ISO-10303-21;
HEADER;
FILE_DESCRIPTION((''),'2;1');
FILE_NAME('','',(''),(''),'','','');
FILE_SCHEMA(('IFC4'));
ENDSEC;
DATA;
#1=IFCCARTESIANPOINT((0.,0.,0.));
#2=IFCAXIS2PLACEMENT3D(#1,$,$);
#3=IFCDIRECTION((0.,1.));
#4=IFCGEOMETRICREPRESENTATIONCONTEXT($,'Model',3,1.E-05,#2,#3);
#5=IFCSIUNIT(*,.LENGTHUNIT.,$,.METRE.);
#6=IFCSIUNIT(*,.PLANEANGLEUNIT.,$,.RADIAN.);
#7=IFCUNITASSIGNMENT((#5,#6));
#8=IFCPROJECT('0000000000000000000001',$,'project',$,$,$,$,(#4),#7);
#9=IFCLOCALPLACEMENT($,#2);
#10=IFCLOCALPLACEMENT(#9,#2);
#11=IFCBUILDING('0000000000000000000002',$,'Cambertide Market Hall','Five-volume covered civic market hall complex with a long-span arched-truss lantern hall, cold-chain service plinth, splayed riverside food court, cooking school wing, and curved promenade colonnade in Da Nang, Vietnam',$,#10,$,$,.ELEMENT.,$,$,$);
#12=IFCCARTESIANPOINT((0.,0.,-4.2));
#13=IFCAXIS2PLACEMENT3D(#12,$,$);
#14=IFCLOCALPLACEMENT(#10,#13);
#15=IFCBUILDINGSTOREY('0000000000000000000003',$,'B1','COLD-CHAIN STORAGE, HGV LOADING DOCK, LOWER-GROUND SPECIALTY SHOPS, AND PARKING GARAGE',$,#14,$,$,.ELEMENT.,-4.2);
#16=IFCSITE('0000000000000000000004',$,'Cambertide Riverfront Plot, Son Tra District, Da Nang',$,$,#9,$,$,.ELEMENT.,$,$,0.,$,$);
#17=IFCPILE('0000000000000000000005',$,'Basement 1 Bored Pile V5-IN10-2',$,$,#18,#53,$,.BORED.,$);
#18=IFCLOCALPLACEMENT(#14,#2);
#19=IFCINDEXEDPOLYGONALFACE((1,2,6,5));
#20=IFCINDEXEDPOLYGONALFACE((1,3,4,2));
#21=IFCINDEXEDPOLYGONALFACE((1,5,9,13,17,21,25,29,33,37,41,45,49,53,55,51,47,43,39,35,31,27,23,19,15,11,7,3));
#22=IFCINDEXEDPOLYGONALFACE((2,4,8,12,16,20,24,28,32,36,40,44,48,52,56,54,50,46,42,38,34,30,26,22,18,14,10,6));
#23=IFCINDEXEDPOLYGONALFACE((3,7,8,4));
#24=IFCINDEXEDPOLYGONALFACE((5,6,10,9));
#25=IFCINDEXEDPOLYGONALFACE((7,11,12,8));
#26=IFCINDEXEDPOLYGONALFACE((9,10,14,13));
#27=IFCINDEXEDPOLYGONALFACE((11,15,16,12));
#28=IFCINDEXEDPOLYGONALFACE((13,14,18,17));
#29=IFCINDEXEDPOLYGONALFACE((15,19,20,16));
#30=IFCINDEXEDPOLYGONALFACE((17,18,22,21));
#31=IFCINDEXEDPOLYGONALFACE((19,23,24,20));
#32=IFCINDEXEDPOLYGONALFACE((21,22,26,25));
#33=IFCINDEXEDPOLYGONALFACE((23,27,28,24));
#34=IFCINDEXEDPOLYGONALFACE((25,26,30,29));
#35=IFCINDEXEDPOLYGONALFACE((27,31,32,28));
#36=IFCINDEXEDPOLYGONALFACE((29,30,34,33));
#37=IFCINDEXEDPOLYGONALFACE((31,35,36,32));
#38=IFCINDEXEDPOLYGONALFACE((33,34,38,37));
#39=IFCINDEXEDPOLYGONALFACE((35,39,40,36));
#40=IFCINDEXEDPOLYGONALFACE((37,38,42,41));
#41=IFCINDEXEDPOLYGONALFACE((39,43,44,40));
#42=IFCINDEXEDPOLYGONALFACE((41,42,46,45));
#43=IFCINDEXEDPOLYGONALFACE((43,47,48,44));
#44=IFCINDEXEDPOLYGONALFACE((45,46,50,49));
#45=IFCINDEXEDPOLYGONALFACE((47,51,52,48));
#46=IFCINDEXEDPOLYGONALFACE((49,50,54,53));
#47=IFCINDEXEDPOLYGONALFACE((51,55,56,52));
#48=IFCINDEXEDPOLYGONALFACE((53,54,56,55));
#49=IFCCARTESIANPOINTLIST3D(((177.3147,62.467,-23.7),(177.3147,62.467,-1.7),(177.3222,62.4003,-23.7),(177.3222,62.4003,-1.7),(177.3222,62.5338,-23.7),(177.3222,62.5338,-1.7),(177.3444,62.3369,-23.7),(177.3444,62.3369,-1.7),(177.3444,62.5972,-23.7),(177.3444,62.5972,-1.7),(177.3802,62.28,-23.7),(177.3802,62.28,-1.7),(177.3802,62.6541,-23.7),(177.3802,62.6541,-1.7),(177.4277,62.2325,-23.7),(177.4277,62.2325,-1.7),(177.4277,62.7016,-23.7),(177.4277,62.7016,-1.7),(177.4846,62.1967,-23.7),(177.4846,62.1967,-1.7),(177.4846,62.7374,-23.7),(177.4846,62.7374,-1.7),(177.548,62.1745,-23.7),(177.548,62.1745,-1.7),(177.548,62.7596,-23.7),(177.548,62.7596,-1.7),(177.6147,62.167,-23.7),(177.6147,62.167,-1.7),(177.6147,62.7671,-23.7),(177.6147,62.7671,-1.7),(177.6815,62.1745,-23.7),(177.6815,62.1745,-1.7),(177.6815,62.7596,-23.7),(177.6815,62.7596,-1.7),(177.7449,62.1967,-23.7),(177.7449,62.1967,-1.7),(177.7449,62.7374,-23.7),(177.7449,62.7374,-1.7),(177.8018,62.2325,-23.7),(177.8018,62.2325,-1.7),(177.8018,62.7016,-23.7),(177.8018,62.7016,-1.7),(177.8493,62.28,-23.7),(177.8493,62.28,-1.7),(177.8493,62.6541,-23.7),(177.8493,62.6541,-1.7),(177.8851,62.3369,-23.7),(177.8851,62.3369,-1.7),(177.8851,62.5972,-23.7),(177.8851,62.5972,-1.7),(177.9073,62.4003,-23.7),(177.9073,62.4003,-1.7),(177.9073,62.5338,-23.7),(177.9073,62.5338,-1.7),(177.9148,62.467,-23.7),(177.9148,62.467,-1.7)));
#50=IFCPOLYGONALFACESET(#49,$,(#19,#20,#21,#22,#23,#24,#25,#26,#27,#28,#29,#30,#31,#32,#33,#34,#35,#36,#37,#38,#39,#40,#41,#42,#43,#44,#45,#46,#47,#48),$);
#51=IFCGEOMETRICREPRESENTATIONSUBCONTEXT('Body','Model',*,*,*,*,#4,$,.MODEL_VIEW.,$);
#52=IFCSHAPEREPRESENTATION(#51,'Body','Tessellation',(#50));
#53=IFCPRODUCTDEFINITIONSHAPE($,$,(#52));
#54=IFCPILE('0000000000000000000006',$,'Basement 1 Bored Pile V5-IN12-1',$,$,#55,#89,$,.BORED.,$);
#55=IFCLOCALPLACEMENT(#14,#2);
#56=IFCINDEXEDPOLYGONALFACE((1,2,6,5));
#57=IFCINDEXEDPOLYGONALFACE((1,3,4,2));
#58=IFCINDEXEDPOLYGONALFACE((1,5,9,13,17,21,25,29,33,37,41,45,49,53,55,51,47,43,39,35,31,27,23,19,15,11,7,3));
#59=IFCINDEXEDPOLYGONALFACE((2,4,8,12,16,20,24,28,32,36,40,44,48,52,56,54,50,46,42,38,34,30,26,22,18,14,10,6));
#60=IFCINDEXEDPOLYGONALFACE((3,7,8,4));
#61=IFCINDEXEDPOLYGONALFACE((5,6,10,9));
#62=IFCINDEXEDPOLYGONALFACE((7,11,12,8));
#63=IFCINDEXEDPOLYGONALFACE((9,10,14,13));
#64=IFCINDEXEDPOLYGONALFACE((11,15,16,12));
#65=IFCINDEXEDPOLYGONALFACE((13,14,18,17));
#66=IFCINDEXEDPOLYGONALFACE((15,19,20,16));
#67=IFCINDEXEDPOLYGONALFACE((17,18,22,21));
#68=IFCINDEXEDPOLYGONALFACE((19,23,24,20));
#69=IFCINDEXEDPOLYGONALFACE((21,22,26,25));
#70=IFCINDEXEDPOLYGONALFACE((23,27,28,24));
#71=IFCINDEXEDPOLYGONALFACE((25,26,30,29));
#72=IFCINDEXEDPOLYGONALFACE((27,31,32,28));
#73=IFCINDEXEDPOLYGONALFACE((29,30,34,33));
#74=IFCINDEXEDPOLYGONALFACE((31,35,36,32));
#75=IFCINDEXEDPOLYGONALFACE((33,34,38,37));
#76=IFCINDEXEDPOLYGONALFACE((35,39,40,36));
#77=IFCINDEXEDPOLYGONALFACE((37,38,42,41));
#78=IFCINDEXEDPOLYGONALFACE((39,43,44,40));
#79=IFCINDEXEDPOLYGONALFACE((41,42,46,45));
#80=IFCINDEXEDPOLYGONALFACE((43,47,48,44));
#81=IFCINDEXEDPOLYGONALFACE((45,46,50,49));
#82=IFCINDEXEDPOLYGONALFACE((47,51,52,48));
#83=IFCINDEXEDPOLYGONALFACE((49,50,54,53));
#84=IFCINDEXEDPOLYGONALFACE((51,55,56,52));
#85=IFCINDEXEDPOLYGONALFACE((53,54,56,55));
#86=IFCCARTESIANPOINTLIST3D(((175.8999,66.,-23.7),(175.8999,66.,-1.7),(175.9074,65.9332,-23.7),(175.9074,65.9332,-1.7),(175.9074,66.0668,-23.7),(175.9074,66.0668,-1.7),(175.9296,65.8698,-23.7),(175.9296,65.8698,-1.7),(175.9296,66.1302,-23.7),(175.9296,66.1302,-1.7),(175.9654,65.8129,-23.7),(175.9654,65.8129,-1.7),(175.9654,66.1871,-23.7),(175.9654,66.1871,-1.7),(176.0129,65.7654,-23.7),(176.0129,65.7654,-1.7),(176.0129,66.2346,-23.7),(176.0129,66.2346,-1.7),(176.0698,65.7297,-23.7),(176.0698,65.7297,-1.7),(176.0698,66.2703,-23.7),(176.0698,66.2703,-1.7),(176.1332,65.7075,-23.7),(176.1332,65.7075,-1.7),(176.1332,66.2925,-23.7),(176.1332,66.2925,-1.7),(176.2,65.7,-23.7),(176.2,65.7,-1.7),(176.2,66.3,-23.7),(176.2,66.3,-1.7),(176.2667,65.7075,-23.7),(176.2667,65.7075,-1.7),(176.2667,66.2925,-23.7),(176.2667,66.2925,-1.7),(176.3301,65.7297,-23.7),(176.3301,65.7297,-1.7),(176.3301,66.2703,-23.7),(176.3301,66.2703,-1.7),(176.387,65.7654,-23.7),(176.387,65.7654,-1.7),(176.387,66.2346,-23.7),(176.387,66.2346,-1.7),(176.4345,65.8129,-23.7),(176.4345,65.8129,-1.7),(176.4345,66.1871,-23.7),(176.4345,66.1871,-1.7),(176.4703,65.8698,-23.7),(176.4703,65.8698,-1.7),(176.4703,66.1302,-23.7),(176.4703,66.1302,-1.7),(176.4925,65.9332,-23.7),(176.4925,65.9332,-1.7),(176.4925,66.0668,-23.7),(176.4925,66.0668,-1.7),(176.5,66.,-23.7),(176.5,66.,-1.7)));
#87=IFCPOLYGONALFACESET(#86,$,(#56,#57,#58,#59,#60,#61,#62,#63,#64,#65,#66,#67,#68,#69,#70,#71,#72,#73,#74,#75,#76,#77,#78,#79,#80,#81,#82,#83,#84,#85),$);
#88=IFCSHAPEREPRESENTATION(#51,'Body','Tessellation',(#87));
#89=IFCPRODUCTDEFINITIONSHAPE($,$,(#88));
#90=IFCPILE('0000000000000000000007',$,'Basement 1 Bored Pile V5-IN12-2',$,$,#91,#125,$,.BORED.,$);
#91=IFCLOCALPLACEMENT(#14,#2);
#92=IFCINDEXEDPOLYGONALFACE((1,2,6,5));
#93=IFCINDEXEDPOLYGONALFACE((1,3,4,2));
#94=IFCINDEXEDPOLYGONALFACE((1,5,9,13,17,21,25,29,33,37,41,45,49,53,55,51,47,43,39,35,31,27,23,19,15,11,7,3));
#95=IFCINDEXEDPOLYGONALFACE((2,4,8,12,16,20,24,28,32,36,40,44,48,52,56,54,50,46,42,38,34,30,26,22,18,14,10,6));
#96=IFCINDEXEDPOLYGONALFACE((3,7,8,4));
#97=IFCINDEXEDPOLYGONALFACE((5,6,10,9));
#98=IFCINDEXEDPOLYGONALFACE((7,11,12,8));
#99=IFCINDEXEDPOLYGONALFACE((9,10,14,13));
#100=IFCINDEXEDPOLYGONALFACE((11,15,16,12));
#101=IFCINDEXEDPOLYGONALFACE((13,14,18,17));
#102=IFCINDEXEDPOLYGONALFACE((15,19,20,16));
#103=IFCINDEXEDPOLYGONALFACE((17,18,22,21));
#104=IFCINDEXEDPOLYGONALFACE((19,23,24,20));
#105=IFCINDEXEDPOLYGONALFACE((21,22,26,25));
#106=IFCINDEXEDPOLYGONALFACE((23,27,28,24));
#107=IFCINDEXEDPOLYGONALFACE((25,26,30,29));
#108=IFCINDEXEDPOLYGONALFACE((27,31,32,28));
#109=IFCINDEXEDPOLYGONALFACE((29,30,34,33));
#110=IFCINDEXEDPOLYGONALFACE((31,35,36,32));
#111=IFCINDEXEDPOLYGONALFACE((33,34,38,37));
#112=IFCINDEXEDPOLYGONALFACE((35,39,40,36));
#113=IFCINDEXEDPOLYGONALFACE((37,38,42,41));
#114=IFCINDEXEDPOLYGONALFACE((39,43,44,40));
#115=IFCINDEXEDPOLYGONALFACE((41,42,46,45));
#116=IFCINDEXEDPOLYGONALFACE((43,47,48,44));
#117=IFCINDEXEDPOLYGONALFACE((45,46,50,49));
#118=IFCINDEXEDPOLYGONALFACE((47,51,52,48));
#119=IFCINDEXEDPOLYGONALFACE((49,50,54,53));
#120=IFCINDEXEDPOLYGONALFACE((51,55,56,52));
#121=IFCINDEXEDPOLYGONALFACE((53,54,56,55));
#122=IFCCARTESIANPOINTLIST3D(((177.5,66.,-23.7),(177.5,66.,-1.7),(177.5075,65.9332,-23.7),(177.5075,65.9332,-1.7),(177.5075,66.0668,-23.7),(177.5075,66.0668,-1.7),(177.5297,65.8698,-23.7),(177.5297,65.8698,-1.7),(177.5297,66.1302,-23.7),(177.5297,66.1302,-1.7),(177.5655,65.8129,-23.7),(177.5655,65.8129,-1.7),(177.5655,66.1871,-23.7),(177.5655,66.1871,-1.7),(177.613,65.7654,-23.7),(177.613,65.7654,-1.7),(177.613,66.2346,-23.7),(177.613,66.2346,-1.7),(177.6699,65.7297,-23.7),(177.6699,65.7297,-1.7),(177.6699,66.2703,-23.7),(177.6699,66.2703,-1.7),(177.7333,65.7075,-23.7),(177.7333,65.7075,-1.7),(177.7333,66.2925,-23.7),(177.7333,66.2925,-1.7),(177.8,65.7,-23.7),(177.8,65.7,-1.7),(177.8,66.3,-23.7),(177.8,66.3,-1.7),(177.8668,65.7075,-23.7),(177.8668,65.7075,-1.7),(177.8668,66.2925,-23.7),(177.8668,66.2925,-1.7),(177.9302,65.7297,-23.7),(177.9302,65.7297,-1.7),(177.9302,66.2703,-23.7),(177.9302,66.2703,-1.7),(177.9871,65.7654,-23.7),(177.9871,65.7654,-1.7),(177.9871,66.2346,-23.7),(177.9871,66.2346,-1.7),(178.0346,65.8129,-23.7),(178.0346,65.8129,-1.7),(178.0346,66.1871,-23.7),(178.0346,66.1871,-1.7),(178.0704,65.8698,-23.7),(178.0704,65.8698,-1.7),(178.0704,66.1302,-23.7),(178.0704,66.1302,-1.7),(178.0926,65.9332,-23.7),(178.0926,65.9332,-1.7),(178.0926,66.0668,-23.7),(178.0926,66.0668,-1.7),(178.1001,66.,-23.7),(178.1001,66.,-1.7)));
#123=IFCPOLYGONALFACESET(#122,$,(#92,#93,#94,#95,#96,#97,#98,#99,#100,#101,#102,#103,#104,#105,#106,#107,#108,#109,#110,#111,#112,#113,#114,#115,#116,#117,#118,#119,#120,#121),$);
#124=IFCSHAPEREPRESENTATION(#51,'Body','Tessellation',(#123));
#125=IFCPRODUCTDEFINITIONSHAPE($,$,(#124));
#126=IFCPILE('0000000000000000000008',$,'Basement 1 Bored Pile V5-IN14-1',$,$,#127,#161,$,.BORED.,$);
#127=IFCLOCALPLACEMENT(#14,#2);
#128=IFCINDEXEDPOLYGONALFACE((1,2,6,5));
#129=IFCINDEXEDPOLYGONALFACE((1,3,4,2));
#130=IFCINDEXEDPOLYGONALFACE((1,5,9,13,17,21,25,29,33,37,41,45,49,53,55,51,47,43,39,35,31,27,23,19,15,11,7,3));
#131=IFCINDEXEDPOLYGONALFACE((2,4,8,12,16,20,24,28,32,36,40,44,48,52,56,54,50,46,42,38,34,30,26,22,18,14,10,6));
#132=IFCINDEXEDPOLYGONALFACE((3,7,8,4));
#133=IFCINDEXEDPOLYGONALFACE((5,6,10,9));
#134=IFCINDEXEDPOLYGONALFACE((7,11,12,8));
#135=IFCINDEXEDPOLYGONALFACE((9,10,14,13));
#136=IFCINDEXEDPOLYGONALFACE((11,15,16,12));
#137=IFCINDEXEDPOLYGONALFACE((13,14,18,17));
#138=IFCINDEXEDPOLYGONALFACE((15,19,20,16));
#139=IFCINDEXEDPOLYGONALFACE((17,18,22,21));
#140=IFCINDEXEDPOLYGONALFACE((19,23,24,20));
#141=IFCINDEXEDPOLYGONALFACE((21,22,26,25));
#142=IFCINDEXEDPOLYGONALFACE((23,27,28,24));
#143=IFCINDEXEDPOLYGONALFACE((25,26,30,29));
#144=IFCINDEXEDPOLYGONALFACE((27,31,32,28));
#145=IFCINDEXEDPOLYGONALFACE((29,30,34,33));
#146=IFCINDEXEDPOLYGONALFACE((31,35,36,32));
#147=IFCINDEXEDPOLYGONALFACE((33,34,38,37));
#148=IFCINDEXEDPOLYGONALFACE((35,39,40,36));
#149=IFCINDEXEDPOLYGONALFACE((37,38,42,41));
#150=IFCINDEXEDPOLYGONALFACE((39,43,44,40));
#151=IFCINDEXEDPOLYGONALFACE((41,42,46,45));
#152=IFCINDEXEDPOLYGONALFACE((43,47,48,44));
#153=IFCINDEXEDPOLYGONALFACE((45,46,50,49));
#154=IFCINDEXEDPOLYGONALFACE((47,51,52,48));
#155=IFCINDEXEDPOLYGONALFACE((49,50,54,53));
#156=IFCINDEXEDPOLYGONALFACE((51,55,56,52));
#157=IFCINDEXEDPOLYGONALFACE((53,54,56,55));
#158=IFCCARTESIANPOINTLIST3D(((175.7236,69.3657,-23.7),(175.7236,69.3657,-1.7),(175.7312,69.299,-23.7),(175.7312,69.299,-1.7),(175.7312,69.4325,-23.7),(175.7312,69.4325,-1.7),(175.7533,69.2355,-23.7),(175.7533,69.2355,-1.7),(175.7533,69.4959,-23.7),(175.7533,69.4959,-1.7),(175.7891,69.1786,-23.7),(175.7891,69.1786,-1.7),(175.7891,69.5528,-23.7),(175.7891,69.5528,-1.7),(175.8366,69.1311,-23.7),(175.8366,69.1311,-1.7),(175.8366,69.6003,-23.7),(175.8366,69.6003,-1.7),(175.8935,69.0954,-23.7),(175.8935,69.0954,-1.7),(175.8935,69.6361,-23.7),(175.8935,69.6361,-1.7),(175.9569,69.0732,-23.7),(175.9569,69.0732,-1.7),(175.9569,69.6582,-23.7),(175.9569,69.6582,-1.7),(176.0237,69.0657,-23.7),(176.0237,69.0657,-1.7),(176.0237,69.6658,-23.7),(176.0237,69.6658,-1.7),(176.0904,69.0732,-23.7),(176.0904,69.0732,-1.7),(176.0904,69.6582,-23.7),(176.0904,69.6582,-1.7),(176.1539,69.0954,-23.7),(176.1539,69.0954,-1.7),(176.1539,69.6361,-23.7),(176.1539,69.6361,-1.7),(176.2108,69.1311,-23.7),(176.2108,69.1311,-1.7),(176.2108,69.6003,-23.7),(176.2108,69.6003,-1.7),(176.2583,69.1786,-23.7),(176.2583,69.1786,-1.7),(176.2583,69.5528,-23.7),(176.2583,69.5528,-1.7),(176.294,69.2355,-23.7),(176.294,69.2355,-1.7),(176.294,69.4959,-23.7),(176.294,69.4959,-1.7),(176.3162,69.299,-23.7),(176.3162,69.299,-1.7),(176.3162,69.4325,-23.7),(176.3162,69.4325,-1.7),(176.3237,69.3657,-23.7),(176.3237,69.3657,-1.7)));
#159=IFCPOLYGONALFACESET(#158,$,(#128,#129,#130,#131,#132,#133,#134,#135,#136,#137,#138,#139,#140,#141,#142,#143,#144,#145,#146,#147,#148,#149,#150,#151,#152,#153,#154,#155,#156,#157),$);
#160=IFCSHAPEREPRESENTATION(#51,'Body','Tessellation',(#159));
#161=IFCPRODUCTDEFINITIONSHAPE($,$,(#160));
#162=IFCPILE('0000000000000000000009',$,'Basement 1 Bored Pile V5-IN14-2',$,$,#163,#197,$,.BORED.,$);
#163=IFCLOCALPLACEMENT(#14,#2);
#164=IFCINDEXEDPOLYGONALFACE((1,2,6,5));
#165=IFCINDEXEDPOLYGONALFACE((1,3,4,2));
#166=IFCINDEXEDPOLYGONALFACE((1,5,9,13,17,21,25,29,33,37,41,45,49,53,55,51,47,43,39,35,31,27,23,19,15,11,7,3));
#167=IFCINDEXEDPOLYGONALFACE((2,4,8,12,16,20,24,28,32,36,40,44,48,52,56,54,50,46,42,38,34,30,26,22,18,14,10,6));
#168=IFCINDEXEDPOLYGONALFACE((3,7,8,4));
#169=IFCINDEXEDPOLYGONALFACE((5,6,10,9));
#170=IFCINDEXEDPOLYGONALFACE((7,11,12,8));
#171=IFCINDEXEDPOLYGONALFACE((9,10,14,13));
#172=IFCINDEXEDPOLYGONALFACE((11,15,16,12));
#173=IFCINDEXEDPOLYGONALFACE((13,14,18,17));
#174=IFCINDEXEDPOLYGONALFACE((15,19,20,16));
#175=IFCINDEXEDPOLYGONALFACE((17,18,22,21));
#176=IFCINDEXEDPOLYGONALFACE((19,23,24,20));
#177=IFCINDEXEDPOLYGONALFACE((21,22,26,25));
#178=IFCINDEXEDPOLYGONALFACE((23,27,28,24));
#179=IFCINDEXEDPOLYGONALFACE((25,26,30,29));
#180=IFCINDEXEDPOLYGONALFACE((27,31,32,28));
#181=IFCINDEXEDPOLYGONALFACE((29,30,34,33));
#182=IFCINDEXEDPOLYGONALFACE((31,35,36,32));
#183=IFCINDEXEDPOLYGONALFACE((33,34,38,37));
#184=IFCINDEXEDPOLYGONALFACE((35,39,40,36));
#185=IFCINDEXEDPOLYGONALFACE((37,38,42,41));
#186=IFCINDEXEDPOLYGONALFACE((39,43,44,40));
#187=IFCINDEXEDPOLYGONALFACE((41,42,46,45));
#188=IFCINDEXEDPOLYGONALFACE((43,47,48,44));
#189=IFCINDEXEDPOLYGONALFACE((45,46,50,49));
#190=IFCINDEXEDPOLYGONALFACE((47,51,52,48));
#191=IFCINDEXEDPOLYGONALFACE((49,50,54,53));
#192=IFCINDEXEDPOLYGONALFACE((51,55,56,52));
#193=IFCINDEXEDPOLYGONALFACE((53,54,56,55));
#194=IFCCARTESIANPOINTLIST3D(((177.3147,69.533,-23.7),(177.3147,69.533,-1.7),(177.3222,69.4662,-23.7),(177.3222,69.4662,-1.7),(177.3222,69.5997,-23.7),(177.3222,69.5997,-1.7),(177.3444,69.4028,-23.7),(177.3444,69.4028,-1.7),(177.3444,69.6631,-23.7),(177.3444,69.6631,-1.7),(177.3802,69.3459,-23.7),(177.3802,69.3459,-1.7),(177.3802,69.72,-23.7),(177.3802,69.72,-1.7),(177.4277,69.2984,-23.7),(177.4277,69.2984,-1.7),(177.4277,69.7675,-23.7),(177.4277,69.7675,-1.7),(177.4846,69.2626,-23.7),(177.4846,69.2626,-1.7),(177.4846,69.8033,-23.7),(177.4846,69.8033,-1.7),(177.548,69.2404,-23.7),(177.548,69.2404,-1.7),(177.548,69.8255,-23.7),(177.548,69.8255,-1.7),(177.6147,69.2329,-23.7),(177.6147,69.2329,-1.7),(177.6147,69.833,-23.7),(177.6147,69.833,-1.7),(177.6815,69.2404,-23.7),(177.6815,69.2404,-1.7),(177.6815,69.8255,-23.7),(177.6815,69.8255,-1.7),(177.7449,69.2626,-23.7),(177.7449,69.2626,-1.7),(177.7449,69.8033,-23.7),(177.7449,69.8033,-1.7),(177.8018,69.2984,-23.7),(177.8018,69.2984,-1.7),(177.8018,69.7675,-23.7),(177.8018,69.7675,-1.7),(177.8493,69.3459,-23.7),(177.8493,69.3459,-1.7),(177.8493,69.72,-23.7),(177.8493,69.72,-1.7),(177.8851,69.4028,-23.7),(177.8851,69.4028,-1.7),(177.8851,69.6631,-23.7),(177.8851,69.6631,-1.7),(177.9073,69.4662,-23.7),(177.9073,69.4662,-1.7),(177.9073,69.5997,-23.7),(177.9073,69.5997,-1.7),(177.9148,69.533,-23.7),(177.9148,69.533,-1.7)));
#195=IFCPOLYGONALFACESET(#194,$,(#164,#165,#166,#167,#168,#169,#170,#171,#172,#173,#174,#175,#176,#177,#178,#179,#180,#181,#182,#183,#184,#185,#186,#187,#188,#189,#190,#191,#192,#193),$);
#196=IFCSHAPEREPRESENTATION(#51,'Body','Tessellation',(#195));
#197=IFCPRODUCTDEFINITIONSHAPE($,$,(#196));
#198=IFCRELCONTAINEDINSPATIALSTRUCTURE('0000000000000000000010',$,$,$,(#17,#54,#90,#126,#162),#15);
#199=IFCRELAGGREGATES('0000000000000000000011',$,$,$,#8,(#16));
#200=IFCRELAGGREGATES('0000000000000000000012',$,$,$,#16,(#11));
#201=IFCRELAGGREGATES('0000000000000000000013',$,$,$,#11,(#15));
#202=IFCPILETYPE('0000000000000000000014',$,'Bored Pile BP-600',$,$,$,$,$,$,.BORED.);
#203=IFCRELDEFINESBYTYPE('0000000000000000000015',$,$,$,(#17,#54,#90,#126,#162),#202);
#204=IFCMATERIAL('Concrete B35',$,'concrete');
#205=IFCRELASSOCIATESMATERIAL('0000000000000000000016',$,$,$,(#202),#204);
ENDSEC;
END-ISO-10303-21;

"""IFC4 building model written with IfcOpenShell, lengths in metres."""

from ifc_helpers import new_model, si_unit, direction, frame, origin, origin_2d, place, context, subcontext, project, spatial, circle, extrude, material, material_profile, profile_set, type_object, element, save


model = new_model("IFC4")

# Units and contexts
model_context = context("Model", 3, precision=1e-05, world=origin(), true_north=direction((0.0, 1.0)))
body_context = subcontext(model_context, "Body", "Model", "MODEL_VIEW")
ifc_project = project(units=[si_unit("LENGTHUNIT", "METRE"), si_unit("PLANEANGLEUNIT", "RADIAN")], contexts=[model_context])

# Site, building, storey
site_placement = place(None, origin())
site = spatial("IfcSite", under=ifc_project, at=site_placement, Name="Cambertide Riverfront Plot, Son Tra District, Da Nang", CompositionType="ELEMENT", RefElevation=0.0)
building_placement = place(site_placement, origin())
building = spatial("IfcBuilding", under=site, at=building_placement, Name="Cambertide Market Hall", Description="Five-volume covered civic market hall complex with a long-span arched-truss lantern hall, cold-chain service plinth, splayed riverside food court, cooking school wing, and curved promenade colonnade in Da Nang, Vietnam", CompositionType="ELEMENT")
storey_placement = place(building_placement, frame((0.0, 0.0, -4.2)))
storey = spatial("IfcBuildingStorey", under=building, at=storey_placement, Name="B1", Description="COLD-CHAIN STORAGE, HGV LOADING DOCK, LOWER-GROUND SPECIALTY SHOPS, AND PARKING GARAGE", CompositionType="ELEMENT", Elevation=-4.2)

# Piles
ifc_material_1 = material(Name="Concrete B35", Category="concrete")
ifc_material_profile_1 = material_profile(ifc_material_1, circle(Radius=0.3, at=origin_2d()), Name="BP D600")
ifc_profile_set_1 = profile_set([ifc_material_profile_1], Name="Concrete B35")
pile_type = type_object("IfcPileType", Name="Bored Pile BP-600", PredefinedType="BORED", material=ifc_profile_set_1)
for number, where, z_axis, x_axis, name in (
    (1, (177.6147, 62.467, -1.7), (0.0, 0.0, -1.0), (1.0, 0.0, 0.0), "Basement 1 Bored Pile V5-IN10-2"),
    (2, (176.2, 66.0, -1.7), (0.0, 0.0, -1.0), (1.0, 0.0, 0.0), "Basement 1 Bored Pile V5-IN12-1"),
    (3, (177.8, 66.0, -1.7), (0.0, 0.0, -1.0), (1.0, 0.0, 0.0), "Basement 1 Bored Pile V5-IN12-2"),
    (4, (176.0237, 69.3657, -1.7), (0.0, 0.0, -1.0), (1.0, 0.0, 0.0), "Basement 1 Bored Pile V5-IN14-1"),
    (5, (177.6147, 69.533, -1.7), (0.0, 0.0, -1.0), (1.0, 0.0, 0.0), "Basement 1 Bored Pile V5-IN14-2"),
):
    element("IfcPile", number, at=place(storey_placement, frame(where, z_axis=z_axis, x_axis=x_axis)), inside=storey, type_object=pile_type, Name=name, PredefinedType="BORED", context=body_context, shape_type="SweptSolid", body=[
        extrude(circle(Radius=0.3, at=origin_2d()), origin(), (0.0, 0.0, 1.0), 22.0),
    ])

save(model, "model.ifc")
